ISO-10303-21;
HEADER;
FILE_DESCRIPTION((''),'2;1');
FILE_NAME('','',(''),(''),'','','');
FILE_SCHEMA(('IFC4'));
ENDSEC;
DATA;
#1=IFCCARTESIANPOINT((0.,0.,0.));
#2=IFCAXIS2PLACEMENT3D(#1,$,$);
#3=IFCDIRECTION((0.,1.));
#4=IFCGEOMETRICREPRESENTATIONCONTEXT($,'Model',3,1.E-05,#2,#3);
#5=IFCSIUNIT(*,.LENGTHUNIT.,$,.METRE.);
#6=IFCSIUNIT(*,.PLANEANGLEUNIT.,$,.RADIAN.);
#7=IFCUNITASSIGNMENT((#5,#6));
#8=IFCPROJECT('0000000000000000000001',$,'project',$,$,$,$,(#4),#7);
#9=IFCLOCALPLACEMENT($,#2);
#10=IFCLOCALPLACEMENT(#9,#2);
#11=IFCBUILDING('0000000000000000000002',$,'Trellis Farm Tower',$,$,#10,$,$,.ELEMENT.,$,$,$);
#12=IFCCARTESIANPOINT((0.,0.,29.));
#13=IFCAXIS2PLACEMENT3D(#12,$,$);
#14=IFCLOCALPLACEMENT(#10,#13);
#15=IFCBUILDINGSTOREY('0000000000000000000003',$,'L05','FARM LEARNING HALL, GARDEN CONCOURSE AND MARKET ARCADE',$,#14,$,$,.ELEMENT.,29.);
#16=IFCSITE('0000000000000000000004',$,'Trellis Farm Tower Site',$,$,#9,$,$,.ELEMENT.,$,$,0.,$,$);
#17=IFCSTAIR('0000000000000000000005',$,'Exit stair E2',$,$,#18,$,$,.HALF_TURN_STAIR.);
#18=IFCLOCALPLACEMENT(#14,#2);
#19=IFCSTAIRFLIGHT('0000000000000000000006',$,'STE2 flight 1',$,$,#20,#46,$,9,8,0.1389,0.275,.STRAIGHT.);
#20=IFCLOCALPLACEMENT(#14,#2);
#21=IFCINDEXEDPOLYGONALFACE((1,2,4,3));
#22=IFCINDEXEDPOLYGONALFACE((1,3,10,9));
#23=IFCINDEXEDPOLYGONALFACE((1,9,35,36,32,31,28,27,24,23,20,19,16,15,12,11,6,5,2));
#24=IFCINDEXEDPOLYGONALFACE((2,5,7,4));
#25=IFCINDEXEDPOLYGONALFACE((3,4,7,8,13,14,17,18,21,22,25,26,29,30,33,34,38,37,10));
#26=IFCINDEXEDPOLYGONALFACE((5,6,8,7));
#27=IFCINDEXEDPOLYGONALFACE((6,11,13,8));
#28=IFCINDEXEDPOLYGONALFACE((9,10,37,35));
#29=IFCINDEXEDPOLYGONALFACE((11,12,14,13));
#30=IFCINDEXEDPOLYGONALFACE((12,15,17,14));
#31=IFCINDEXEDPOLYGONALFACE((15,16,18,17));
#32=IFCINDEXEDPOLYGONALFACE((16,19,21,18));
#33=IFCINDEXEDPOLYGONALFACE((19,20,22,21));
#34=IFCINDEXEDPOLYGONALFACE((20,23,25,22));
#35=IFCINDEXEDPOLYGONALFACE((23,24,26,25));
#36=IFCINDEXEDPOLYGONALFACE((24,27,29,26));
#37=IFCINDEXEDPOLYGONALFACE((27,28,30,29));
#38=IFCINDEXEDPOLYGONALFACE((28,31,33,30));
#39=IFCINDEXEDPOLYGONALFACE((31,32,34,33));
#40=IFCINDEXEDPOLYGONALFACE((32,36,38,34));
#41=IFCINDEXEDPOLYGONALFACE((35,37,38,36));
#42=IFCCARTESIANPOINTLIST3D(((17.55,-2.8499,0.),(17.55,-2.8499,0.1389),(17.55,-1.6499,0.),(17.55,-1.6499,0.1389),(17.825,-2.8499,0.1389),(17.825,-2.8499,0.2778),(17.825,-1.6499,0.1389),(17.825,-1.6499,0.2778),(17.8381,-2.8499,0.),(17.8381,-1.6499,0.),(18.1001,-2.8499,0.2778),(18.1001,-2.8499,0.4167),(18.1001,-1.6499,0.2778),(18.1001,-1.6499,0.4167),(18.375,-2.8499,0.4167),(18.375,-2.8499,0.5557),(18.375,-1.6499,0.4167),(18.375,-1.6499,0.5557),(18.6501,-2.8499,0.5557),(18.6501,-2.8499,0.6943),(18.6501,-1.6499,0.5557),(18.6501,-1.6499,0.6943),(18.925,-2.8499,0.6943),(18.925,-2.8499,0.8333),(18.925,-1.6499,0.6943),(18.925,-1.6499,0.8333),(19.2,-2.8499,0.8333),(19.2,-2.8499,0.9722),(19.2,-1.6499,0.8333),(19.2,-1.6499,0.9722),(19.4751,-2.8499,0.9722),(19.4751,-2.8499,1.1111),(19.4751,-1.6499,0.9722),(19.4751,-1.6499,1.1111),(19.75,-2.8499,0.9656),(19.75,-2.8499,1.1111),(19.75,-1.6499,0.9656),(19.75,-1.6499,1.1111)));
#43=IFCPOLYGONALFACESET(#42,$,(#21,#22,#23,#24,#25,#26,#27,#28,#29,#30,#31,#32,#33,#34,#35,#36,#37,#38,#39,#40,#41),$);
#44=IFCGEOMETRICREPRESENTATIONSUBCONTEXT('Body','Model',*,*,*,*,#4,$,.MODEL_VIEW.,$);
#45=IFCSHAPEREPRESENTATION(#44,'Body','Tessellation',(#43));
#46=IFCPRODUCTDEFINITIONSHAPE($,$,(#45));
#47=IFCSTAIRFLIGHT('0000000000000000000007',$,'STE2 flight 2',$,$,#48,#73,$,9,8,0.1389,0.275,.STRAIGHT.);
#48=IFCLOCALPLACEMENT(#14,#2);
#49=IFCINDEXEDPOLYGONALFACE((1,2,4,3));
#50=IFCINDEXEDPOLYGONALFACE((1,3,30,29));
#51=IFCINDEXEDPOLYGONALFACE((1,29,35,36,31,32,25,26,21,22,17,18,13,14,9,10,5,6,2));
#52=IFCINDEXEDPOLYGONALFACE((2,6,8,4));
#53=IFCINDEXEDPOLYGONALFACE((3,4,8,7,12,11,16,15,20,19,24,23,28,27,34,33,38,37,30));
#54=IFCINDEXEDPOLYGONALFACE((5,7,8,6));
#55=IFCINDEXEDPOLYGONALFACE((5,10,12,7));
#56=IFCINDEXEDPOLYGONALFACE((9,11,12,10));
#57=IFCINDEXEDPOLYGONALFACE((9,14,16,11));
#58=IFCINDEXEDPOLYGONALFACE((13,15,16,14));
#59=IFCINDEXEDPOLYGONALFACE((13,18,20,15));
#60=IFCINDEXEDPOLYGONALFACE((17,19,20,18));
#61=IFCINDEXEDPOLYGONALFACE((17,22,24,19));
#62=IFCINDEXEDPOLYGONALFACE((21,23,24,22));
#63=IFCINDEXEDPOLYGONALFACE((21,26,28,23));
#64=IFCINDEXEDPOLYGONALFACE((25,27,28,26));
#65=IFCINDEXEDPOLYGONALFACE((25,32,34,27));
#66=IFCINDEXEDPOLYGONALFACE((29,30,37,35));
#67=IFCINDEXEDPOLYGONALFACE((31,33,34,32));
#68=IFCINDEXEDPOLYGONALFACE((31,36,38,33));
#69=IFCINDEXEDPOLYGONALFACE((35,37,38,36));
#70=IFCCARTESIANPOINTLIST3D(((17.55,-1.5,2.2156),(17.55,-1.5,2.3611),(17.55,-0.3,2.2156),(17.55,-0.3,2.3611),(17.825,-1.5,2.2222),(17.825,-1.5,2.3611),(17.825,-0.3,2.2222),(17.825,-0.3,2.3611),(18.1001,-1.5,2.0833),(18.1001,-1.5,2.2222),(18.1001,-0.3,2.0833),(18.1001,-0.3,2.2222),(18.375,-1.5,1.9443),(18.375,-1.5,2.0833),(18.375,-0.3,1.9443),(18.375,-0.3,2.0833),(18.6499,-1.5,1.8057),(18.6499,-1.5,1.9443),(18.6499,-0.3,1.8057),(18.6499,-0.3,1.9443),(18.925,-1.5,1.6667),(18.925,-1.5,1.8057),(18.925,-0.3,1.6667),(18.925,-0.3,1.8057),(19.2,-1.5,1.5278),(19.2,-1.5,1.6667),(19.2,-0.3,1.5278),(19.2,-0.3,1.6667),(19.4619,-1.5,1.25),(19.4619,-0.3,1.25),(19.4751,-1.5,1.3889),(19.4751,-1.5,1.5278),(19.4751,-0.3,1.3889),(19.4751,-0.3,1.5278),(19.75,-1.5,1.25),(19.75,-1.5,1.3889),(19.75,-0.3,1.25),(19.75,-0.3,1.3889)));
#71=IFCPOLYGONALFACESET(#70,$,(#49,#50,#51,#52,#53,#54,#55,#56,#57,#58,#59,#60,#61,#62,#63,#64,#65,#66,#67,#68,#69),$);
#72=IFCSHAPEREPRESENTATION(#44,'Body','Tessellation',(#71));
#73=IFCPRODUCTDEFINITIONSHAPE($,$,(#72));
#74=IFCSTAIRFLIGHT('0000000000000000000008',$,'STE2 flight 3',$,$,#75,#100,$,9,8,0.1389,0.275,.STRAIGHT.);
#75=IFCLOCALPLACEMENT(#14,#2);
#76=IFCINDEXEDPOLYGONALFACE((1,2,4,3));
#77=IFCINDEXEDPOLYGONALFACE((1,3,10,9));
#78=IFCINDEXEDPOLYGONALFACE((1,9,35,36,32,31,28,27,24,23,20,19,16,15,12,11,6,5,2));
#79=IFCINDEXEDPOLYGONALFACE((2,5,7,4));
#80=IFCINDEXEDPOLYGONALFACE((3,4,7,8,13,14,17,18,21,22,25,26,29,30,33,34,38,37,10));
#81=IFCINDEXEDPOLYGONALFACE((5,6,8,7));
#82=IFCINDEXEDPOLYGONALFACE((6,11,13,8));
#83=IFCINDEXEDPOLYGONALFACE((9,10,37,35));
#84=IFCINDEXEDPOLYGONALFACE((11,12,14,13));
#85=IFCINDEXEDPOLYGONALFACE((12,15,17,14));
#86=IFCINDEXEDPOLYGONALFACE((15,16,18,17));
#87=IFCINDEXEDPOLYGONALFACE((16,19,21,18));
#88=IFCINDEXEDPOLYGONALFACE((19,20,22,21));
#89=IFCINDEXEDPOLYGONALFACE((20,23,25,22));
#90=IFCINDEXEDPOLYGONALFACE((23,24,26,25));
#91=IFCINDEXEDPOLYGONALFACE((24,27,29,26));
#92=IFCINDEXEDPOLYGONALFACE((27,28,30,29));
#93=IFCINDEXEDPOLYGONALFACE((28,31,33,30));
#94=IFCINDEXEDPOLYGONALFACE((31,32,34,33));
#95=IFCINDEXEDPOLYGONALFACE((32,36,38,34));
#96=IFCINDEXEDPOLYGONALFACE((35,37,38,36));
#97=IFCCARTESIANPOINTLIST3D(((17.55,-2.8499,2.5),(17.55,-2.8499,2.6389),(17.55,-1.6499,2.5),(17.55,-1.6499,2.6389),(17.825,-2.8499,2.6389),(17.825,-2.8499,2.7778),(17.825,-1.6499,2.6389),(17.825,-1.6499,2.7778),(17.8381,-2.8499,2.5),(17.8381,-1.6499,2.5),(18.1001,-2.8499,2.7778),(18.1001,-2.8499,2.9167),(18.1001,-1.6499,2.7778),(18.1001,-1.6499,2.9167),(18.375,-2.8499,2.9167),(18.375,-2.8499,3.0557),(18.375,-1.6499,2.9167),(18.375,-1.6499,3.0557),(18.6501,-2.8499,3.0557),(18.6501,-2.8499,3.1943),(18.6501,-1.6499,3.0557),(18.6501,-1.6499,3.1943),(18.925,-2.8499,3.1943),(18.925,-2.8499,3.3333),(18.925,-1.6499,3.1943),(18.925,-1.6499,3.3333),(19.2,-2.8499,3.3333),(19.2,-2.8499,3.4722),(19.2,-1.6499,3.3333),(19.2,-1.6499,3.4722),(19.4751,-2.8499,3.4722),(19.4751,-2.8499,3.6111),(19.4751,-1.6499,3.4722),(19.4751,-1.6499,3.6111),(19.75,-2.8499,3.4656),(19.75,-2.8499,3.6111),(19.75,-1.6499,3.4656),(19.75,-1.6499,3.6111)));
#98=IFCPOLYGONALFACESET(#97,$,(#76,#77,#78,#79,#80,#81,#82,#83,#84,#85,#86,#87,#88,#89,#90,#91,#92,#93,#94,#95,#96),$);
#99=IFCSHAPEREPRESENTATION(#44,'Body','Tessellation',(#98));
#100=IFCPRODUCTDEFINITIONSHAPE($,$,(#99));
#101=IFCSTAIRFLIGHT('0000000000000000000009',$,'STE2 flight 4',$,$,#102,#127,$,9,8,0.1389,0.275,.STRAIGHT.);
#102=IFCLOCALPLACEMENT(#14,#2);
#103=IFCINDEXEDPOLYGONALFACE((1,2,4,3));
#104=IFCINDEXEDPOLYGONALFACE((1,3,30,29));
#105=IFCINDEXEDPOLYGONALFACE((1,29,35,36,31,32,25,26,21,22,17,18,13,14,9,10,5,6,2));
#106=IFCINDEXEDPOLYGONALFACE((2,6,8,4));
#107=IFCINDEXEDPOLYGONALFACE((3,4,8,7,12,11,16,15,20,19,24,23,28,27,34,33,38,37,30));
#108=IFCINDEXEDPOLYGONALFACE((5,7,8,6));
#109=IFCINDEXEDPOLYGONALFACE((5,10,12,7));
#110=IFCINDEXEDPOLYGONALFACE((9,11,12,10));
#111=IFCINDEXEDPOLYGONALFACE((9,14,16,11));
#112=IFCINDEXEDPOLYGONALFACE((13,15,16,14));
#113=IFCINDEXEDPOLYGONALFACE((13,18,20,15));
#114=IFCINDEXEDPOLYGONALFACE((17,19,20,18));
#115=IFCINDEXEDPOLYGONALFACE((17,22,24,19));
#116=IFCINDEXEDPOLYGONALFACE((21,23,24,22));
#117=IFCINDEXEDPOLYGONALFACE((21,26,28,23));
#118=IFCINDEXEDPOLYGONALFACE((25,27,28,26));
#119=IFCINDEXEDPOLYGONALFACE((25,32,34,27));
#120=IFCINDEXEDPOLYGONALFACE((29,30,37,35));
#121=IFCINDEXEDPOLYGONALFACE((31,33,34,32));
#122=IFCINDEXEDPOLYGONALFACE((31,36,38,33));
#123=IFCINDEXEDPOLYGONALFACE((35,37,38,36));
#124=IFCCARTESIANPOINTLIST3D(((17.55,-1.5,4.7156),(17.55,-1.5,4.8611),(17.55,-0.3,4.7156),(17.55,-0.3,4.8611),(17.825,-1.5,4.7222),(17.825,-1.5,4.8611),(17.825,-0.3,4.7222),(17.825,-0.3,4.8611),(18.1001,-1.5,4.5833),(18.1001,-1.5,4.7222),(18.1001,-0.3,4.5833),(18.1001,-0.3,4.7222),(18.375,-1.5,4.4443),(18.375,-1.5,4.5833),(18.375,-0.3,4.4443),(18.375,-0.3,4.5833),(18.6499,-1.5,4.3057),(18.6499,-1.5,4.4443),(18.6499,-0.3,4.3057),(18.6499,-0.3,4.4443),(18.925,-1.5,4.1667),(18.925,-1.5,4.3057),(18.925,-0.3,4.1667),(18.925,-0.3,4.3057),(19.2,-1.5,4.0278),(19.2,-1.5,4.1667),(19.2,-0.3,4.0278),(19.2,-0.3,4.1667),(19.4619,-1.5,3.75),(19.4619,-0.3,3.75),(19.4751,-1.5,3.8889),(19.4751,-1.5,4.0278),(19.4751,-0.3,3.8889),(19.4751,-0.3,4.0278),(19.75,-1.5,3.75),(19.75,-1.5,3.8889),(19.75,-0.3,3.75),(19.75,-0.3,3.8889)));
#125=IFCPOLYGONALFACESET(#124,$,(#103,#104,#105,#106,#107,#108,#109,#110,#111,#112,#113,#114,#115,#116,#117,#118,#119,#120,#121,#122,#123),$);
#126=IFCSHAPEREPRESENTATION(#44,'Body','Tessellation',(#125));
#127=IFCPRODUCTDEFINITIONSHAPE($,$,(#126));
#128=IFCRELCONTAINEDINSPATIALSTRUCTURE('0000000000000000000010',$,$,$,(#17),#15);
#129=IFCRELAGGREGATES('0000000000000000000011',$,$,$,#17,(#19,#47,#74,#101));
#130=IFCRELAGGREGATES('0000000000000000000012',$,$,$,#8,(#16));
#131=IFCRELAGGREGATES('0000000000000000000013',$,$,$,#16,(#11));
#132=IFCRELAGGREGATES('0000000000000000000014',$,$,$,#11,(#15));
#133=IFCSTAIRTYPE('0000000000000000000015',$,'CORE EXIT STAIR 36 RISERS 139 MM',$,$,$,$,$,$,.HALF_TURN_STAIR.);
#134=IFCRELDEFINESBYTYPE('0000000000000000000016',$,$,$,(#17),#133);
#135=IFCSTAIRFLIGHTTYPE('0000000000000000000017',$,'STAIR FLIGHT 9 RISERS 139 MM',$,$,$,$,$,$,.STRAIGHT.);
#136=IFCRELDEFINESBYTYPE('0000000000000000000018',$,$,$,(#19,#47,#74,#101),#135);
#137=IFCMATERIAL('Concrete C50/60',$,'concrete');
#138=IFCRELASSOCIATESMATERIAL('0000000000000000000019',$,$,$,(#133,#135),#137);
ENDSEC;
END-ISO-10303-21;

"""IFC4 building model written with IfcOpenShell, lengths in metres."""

from ifc_helpers import new_model, si_unit, direction, frame, origin, place, context, subcontext, project, spatial, polyline, outline, extrude, source, transform, mapped, material, type_object, element, aggregate, save


model = new_model("IFC4")

# Units and contexts
model_context = context("Model", 3, precision=1e-05, world=origin(), true_north=direction((0.0, 1.0)))
body_context = subcontext(model_context, "Body", "Model", "MODEL_VIEW")
ifc_project = project(units=[si_unit("LENGTHUNIT", "METRE"), si_unit("PLANEANGLEUNIT", "RADIAN")], contexts=[model_context])

# Site, building, storey
site_placement = place(None, origin())
site = spatial("IfcSite", under=ifc_project, at=site_placement, Name="Trellis Farm Tower Site", CompositionType="ELEMENT", RefElevation=0.0)
building_placement = place(site_placement, origin())
building = spatial("IfcBuilding", under=site, at=building_placement, Name="Trellis Farm Tower", CompositionType="ELEMENT")
storey_placement = place(building_placement, frame((0.0, 0.0, 29.0)))
storey = spatial("IfcBuildingStorey", under=building, at=storey_placement, Name="L05", Description="FARM LEARNING HALL, GARDEN CONCOURSE AND MARKET ARCADE", CompositionType="ELEMENT", Elevation=29.0)

# Stair, stair flights
ifc_material_1 = material(Name="Concrete C50/60", Category="concrete")
stair_type = type_object("IfcStairType", Name="CORE EXIT STAIR 36 RISERS 139 MM", PredefinedType="HALF_TURN_STAIR", material=ifc_material_1)
placement = place(storey_placement, origin())
stair_flight_type = type_object("IfcStairFlightType", Name="STAIR FLIGHT 9 RISERS 139 MM", PredefinedType="STRAIGHT", material=ifc_material_1)
shared_shape_1 = source(origin(), body_context, "Body", "SweptSolid", [
    extrude(outline(polyline([(0.0, 0.0), (0.0, 0.1389), (0.2749, 0.1389), (0.2749, 0.2778), (0.55, 0.2778), (0.55, 0.4167), (0.825, 0.4167), (0.825, 0.5557), (1.1001, 0.5557), (1.1001, 0.6943), (1.375, 0.6943), (1.375, 0.8333), (1.6499, 0.8333), (1.6499, 0.9722), (1.925, 0.9722), (1.925, 1.1111), (2.2, 1.1111), (2.2, 1.25), (2.2, 0.9656), (0.2881, 0.0), (0.0, 0.0)])), frame((0.0, 0.6001, 0.0), z_axis=(0.0, -1.0, 0.0), x_axis=(1.0, 0.0, 0.0)), (0.0, 0.0, 1.0), 1.2),
])
stair_1 = element("IfcStair", 1, at=placement, inside=storey, type_object=stair_type, Name="Exit stair E2", PredefinedType="HALF_TURN_STAIR")
stair_flight_1_placement = place(storey_placement, frame((17.55, -2.25, 0.0), z_axis=(0.0, 0.0, 1.0), x_axis=(1.0, 0.0, 0.0)))
stair_flight_1 = element("IfcStairFlight", 2, at=stair_flight_1_placement, type_object=stair_flight_type, Name="STE2 flight 1", NumberOfRisers=9, NumberOfTreads=8, PredefinedType="STRAIGHT", RiserHeight=0.1389, TreadLength=0.275, context=body_context, shape_type="MappedRepresentation", body=[
    mapped(shared_shape_1, transform((0.0, 0.0, 0.0))),
])
stair_flight_2_placement = place(storey_placement, frame((19.75, -0.8999, 1.25), z_axis=(0.0, 0.0, 1.0), x_axis=(-1.0, 0.0, 0.0)))
stair_flight_2 = element("IfcStairFlight", 3, at=stair_flight_2_placement, type_object=stair_flight_type, Name="STE2 flight 2", NumberOfRisers=9, NumberOfTreads=8, PredefinedType="STRAIGHT", RiserHeight=0.1389, TreadLength=0.275, context=body_context, shape_type="MappedRepresentation", body=[
    mapped(shared_shape_1, transform((0.0, 0.0, 0.0))),
])
stair_flight_3_placement = place(storey_placement, frame((17.55, -2.25, 2.5), z_axis=(0.0, 0.0, 1.0), x_axis=(1.0, 0.0, 0.0)))
stair_flight_3 = element("IfcStairFlight", 4, at=stair_flight_3_placement, type_object=stair_flight_type, Name="STE2 flight 3", NumberOfRisers=9, NumberOfTreads=8, PredefinedType="STRAIGHT", RiserHeight=0.1389, TreadLength=0.275, context=body_context, shape_type="MappedRepresentation", body=[
    mapped(shared_shape_1, transform((0.0, 0.0, 0.0))),
])
stair_flight_4_placement = place(storey_placement, frame((19.75, -0.8999, 3.75), z_axis=(0.0, 0.0, 1.0), x_axis=(-1.0, 0.0, 0.0)))
stair_flight_4 = element("IfcStairFlight", 5, at=stair_flight_4_placement, type_object=stair_flight_type, Name="STE2 flight 4", NumberOfRisers=9, NumberOfTreads=8, PredefinedType="STRAIGHT", RiserHeight=0.1389, TreadLength=0.275, context=body_context, shape_type="MappedRepresentation", body=[
    mapped(shared_shape_1, transform((0.0, 0.0, 0.0))),
])
aggregate(stair_1, [stair_flight_1, stair_flight_2, stair_flight_3, stair_flight_4])

save(model, "model.ifc")
